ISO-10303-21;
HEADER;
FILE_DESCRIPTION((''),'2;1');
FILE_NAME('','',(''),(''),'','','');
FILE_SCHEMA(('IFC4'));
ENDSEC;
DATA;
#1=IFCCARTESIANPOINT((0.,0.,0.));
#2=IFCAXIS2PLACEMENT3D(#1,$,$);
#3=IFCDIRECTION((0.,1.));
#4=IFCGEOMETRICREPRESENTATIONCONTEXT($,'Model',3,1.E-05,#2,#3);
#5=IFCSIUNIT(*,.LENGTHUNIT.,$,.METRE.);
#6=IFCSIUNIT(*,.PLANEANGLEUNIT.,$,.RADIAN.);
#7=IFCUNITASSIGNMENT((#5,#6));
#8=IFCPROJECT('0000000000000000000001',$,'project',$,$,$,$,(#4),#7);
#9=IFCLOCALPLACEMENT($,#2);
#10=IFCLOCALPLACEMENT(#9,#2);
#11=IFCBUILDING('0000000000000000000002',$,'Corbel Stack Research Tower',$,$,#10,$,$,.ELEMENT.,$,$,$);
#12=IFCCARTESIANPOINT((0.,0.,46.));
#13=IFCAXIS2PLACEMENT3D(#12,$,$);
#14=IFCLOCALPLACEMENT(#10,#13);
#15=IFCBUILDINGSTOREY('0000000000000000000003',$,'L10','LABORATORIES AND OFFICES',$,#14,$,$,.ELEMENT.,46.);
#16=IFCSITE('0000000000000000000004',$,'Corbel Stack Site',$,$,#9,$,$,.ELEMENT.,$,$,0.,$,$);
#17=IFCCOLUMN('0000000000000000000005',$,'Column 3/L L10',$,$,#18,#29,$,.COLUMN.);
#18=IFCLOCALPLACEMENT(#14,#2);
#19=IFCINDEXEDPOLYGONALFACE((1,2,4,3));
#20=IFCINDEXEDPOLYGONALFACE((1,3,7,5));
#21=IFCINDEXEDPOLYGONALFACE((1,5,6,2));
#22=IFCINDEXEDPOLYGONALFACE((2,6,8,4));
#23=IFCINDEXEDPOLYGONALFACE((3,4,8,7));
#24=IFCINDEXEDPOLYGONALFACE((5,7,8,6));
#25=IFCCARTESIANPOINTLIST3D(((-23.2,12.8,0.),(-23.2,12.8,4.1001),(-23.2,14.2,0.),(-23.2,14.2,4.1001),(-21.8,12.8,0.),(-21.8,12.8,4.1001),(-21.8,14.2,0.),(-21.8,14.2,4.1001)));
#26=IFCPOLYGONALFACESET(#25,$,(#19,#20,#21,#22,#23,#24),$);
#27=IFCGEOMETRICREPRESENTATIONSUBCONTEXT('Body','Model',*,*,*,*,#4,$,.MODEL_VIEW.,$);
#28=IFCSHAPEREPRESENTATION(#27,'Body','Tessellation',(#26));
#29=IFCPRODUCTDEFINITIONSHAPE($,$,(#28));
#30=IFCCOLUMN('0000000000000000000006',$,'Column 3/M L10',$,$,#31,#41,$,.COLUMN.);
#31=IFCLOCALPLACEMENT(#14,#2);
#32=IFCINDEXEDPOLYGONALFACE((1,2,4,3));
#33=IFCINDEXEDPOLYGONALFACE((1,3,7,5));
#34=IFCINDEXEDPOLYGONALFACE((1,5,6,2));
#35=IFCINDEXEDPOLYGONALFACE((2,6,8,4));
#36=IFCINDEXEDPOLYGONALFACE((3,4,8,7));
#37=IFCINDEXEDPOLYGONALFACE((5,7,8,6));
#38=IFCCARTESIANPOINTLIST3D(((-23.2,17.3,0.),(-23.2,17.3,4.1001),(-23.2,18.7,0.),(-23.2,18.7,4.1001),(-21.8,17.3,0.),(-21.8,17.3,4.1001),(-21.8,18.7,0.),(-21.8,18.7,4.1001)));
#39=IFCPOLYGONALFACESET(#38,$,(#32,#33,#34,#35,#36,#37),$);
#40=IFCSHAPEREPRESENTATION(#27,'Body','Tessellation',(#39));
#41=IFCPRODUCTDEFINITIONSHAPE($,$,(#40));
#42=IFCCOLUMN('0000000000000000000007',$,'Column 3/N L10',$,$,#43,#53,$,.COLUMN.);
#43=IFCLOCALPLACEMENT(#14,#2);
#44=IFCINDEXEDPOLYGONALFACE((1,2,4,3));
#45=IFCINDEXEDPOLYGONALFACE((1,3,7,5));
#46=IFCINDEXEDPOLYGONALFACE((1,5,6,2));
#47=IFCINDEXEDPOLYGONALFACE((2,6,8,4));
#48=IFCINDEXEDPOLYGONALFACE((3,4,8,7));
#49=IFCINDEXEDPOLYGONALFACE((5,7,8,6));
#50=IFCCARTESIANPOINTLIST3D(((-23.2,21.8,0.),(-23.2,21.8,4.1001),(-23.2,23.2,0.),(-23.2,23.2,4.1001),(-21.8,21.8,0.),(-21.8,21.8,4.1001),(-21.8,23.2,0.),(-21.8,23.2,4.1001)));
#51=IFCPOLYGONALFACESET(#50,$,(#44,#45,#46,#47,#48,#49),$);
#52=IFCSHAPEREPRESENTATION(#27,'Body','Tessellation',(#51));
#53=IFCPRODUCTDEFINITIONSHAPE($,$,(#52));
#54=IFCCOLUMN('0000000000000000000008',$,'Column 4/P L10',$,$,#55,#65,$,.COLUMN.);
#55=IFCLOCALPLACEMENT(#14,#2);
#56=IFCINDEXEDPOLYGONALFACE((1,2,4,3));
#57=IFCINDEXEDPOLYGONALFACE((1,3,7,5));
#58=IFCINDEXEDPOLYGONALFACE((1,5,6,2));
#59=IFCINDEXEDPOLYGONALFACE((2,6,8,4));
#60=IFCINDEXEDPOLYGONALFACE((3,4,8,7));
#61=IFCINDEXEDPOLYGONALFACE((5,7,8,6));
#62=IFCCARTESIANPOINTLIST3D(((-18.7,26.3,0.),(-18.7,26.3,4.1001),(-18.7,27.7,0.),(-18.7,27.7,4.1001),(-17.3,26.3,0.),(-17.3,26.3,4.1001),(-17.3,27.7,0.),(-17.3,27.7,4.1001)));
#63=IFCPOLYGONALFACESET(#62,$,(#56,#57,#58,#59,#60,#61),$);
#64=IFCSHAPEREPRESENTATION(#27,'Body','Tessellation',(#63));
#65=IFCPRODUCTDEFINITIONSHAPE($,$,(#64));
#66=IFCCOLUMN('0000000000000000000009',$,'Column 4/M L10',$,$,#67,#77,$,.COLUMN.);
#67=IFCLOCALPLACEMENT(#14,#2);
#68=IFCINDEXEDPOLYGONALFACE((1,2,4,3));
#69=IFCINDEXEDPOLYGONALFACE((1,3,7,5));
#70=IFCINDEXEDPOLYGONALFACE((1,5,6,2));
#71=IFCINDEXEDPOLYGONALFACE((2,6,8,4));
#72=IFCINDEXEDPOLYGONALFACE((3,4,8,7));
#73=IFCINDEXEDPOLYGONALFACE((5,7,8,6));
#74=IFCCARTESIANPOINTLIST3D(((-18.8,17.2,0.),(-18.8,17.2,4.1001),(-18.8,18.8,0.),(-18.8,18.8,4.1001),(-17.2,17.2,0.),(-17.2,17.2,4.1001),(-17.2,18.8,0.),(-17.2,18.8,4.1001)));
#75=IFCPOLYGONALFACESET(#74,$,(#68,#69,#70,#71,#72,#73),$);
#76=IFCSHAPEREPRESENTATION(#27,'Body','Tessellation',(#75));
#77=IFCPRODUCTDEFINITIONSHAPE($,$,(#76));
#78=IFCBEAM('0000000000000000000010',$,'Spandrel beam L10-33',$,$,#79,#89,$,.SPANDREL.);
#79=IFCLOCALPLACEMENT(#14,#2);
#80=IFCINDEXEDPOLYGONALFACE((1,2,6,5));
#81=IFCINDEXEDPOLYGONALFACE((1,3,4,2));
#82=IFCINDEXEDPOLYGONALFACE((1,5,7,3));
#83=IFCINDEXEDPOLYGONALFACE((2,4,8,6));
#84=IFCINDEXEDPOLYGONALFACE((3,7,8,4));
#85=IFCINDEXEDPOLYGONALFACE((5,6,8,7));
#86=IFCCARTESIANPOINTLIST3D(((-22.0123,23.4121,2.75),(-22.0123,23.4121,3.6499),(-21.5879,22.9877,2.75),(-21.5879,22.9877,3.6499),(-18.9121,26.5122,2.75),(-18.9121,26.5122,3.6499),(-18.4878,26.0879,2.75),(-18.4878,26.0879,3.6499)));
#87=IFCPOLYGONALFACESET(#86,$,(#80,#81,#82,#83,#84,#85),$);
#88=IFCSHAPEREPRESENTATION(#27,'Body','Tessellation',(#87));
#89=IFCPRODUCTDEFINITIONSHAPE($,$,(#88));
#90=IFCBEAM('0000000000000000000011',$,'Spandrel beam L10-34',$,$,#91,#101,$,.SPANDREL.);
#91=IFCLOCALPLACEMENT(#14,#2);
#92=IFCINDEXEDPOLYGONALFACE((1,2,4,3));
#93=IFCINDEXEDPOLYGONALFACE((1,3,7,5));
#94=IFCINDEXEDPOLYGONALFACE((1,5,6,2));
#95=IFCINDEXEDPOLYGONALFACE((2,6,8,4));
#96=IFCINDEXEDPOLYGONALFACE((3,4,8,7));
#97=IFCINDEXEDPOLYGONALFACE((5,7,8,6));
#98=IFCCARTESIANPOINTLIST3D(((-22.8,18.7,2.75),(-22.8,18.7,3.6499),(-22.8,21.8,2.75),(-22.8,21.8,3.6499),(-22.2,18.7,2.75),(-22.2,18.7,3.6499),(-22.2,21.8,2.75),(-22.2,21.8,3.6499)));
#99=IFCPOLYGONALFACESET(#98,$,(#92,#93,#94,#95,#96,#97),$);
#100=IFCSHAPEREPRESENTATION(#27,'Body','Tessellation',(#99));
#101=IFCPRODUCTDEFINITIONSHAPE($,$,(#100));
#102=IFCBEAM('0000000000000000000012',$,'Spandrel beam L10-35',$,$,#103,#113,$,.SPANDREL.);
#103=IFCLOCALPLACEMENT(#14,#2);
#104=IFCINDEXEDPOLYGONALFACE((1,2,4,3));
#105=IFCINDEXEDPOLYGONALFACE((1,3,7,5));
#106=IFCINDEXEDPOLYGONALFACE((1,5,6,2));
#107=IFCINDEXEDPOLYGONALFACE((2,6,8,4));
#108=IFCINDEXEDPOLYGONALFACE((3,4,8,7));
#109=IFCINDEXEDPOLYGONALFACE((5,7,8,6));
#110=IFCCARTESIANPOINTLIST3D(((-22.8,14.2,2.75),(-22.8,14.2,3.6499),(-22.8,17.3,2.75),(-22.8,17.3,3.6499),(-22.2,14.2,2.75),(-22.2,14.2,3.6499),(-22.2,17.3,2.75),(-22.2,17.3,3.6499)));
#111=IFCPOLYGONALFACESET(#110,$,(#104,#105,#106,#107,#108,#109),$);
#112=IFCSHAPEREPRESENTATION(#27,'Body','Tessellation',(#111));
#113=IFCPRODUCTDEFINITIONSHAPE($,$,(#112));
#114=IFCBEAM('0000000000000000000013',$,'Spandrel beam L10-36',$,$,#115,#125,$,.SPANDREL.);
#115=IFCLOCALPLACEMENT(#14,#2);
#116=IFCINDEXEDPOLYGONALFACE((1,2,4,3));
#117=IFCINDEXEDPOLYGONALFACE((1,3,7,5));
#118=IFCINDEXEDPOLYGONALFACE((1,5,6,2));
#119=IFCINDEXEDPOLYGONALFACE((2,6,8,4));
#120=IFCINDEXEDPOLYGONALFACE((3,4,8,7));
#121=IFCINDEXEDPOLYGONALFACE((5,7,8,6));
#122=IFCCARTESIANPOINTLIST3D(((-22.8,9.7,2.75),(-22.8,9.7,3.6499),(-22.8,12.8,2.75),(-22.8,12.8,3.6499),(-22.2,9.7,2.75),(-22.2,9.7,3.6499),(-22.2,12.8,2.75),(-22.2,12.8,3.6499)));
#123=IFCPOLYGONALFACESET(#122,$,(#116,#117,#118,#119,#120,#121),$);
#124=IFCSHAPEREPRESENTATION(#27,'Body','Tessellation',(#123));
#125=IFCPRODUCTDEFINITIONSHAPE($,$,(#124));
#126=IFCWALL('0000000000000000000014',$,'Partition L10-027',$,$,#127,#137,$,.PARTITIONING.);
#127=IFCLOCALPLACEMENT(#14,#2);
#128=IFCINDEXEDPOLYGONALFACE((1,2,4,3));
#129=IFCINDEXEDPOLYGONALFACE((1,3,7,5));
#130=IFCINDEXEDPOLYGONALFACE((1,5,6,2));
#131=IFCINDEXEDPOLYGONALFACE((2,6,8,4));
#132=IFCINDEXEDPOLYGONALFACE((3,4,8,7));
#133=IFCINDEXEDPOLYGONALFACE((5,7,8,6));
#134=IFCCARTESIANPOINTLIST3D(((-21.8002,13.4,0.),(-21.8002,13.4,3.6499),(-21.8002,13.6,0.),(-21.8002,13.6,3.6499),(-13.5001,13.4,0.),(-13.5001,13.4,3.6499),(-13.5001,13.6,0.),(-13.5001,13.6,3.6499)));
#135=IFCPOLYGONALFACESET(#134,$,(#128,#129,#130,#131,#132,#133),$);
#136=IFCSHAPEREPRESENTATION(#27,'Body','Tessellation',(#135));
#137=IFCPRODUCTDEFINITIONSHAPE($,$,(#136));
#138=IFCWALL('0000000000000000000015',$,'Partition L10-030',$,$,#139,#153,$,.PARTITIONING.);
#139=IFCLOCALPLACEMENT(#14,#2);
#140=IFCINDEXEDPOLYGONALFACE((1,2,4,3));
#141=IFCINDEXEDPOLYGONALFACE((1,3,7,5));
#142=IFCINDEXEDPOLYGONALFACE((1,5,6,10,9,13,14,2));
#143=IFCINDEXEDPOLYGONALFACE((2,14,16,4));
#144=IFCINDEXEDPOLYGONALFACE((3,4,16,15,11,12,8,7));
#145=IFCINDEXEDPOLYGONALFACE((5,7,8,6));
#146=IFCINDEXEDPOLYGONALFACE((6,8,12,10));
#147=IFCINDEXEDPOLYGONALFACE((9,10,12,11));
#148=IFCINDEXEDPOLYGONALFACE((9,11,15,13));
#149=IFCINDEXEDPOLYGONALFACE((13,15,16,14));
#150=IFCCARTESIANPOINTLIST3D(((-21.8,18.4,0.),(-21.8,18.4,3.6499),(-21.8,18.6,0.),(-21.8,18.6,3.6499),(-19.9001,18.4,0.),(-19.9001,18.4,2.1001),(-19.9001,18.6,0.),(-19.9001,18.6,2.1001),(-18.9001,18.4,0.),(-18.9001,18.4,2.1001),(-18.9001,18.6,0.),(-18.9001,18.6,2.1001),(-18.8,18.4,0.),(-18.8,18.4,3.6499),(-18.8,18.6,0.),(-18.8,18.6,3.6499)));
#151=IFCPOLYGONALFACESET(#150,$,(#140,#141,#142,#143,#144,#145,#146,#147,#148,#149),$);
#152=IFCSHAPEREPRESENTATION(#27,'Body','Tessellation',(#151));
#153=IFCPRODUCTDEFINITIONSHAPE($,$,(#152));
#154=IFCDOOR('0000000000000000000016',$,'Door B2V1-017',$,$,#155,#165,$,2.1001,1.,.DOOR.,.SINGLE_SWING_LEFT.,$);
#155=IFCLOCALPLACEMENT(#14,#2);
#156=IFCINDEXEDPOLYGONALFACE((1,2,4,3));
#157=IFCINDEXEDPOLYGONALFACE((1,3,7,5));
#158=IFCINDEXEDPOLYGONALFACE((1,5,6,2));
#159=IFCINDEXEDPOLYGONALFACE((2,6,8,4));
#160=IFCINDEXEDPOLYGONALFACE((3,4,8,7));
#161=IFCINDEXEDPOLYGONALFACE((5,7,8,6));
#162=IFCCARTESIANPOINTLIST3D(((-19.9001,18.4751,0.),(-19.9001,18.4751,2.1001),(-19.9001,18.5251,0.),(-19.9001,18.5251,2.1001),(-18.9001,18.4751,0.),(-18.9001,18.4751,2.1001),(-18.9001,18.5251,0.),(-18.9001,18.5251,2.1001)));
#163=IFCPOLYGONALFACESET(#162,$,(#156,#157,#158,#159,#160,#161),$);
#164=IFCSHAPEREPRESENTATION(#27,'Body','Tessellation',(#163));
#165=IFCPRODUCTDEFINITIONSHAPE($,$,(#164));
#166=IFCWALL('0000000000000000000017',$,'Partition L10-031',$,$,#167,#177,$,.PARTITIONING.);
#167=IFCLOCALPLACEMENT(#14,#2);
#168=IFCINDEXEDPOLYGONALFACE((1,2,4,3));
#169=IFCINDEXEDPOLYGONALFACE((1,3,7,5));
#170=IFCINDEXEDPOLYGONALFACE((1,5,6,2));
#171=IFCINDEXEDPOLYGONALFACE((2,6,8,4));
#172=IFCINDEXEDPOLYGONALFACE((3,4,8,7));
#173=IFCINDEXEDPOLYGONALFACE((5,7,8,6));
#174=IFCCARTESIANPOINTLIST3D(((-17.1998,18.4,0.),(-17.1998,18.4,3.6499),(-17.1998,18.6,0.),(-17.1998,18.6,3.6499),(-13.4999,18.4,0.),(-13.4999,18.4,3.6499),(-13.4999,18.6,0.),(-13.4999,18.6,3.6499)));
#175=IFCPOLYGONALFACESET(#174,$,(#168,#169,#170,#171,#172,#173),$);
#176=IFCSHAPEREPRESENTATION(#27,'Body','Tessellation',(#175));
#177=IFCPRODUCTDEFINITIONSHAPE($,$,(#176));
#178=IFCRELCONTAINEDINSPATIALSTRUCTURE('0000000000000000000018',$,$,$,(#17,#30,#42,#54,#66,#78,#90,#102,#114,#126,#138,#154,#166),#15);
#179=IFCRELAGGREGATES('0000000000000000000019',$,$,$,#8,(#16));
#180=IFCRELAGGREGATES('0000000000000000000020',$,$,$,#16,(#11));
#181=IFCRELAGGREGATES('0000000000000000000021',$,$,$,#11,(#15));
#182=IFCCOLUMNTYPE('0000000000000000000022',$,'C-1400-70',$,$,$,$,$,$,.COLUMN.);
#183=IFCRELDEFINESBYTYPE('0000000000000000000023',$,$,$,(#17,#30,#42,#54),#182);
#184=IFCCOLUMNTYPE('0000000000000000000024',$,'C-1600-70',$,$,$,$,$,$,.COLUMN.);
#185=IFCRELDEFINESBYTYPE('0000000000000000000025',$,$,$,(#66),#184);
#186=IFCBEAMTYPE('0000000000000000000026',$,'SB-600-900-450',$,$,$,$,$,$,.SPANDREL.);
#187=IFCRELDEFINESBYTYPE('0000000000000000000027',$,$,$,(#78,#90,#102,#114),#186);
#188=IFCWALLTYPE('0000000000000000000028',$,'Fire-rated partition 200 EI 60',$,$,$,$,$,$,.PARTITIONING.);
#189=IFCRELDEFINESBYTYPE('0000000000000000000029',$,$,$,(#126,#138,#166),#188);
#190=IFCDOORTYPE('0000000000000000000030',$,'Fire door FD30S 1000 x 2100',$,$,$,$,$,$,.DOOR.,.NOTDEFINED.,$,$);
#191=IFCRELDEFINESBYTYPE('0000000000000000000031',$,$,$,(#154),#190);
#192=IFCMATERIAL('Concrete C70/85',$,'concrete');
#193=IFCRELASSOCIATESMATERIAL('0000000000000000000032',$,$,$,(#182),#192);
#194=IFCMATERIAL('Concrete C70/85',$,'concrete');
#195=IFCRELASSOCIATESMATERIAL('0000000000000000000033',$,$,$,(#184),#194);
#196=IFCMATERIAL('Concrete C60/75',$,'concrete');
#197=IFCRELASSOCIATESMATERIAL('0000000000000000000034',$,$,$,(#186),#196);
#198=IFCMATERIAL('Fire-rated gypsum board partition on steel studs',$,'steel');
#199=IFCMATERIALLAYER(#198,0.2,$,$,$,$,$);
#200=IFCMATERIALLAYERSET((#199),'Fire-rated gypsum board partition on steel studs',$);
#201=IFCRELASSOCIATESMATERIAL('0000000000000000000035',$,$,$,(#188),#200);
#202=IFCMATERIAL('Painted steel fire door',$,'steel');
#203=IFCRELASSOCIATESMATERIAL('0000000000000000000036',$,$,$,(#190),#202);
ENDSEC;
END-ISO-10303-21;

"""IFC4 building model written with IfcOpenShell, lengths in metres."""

from ifc_helpers import new_model, si_unit, direction, frame, frame_2d, origin, origin_2d, place, context, subcontext, project, spatial, rectangle, extrude, material, layer, layer_set, material_profile, profile_set, type_object, element, fill, save


model = new_model("IFC4")

# Units and contexts
model_context = context("Model", 3, precision=1e-05, world=origin(), true_north=direction((0.0, 1.0)))
body_context = subcontext(model_context, "Body", "Model", "MODEL_VIEW")
ifc_project = project(units=[si_unit("LENGTHUNIT", "METRE"), si_unit("PLANEANGLEUNIT", "RADIAN")], contexts=[model_context])

# Site, building, storey
site_placement = place(None, origin())
site = spatial("IfcSite", under=ifc_project, at=site_placement, Name="Corbel Stack Site", CompositionType="ELEMENT", RefElevation=0.0)
building_placement = place(site_placement, origin())
building = spatial("IfcBuilding", under=site, at=building_placement, Name="Corbel Stack Research Tower", CompositionType="ELEMENT")
storey_placement = place(building_placement, frame((0.0, 0.0, 46.0)))
storey = spatial("IfcBuildingStorey", under=building, at=storey_placement, Name="L10", Description="LABORATORIES AND OFFICES", CompositionType="ELEMENT", Elevation=46.0)

# Columns
ifc_material_1 = material(Name="Concrete C70/85", Category="concrete")
ifc_material_profile_1 = material_profile(ifc_material_1, rectangle(XDim=1.3999, YDim=1.3999, at=origin_2d()), Name="RC 1400 x 1400")
ifc_profile_set_1 = profile_set([ifc_material_profile_1], Name="Concrete C70/85")
column_type_1 = type_object("IfcColumnType", Name="C-1400-70", PredefinedType="COLUMN", material=ifc_profile_set_1)
for number, where, z_axis, x_axis, name in (
    (1, (-22.5, 13.5, 0.0), (0.0, 0.0, 1.0), (1.0, 0.0, 0.0), "Column 3/L L10"),
    (2, (-22.5, 18.0, 0.0), (0.0, 0.0, 1.0), (1.0, 0.0, 0.0), "Column 3/M L10"),
    (3, (-22.5, 22.5, 0.0), (0.0, 0.0, 1.0), (1.0, 0.0, 0.0), "Column 3/N L10"),
    (4, (-18.0, 27.0, 0.0), (0.0, 0.0, 1.0), (1.0, 0.0, 0.0), "Column 4/P L10"),
):
    element("IfcColumn", number, at=place(storey_placement, frame(where, z_axis=z_axis, x_axis=x_axis)), inside=storey, type_object=column_type_1, Name=name, PredefinedType="COLUMN", context=body_context, shape_type="SweptSolid", body=[
        extrude(rectangle(XDim=1.3999, YDim=1.3999, at=origin_2d()), origin(), (0.0, 0.0, 1.0), 4.1001),
    ])
ifc_material_2 = material(Name="Concrete C70/85", Category="concrete")
ifc_material_profile_2 = material_profile(ifc_material_2, rectangle(XDim=1.6001, YDim=1.6001, at=origin_2d()), Name="RC 1600 x 1600")
ifc_profile_set_2 = profile_set([ifc_material_profile_2], Name="Concrete C70/85")
column_type_2 = type_object("IfcColumnType", Name="C-1600-70", PredefinedType="COLUMN", material=ifc_profile_set_2)
column_placement = place(storey_placement, frame((-18.0, 18.0, 0.0), z_axis=(0.0, 0.0, 1.0), x_axis=(1.0, 0.0, 0.0)))
element("IfcColumn", 5, at=column_placement, inside=storey, type_object=column_type_2, Name="Column 4/M L10", PredefinedType="COLUMN", context=body_context, shape_type="SweptSolid", body=[
    extrude(rectangle(XDim=1.6001, YDim=1.6001, at=origin_2d()), origin(), (0.0, 0.0, 1.0), 4.1001),
])

# Beams
ifc_material_3 = material(Name="Concrete C60/75", Category="concrete")
ifc_material_profile_3 = material_profile(ifc_material_3, rectangle(XDim=0.6001, YDim=0.8999, at=origin_2d()), Name="RC 600 x 900")
ifc_profile_set_3 = profile_set([ifc_material_profile_3], Name="Concrete C60/75")
beam_type = type_object("IfcBeamType", Name="SB-600-900-450", PredefinedType="SPANDREL", material=ifc_profile_set_3)
beam_placement = place(storey_placement, frame((-18.7, 26.3, 3.2), z_axis=(-0.707107, -0.707107, 0.0), x_axis=(0.707107, -0.707107, 0.0)))
element("IfcBeam", 6, at=beam_placement, inside=storey, type_object=beam_type, Name="Spandrel beam L10-33", PredefinedType="SPANDREL", context=body_context, shape_type="SweptSolid", body=[
    extrude(rectangle(XDim=0.6001, YDim=0.8999, at=origin_2d()), origin(), (0.0, 0.0, 1.0), 4.3843),
])
for number, where, z_axis, x_axis, name in (
    (7, (-22.5, 21.8, 3.2), (0.0, -1.0, 0.0), (1.0, 0.0, 0.0), "Spandrel beam L10-34"),
    (8, (-22.5, 17.3, 3.2), (0.0, -1.0, 0.0), (1.0, 0.0, 0.0), "Spandrel beam L10-35"),
    (9, (-22.5, 12.8, 3.2), (0.0, -1.0, 0.0), (1.0, 0.0, 0.0), "Spandrel beam L10-36"),
):
    element("IfcBeam", number, at=place(storey_placement, frame(where, z_axis=z_axis, x_axis=x_axis)), inside=storey, type_object=beam_type, Name=name, PredefinedType="SPANDREL", context=body_context, shape_type="SweptSolid", body=[
        extrude(rectangle(XDim=0.6001, YDim=0.8999, at=origin_2d()), origin(), (0.0, 0.0, 1.0), 3.1001),
    ])

# Wall
ifc_material_4 = material(Name="Fire-rated gypsum board partition on steel studs", Category="steel")
ifc_layer_1 = layer(ifc_material_4, 0.2)
ifc_layer_set_1 = layer_set([ifc_layer_1], Name="Fire-rated gypsum board partition on steel studs")
wall_type_1 = type_object("IfcWallType", Name="Fire-rated partition 200 EI 60", PredefinedType="PARTITIONING", material=ifc_layer_set_1)
wall_1_placement = place(storey_placement, frame((-21.8, 13.5, 0.0), z_axis=(0.0, 0.0, 1.0), x_axis=(1.0, 0.0, 0.0)))
element("IfcWall", 10, at=wall_1_placement, inside=storey, type_object=wall_type_1, Name="Partition L10-027", PredefinedType="PARTITIONING", context=body_context, shape_type="SweptSolid", body=[
    extrude(rectangle(XDim=8.3, YDim=0.2, at=frame_2d((4.1499, 0.0))), origin(), (0.0, 0.0, 1.0), 3.6499),
])

# Wall, opening, door
wall_2_placement = place(storey_placement, frame((-18.8, 18.5, 0.0), z_axis=(0.0, 0.0, 1.0), x_axis=(-1.0, 0.0, 0.0)))
wall_2 = element("IfcWall", 11, at=wall_2_placement, inside=storey, type_object=wall_type_1, Name="Partition L10-030", PredefinedType="PARTITIONING", context=body_context, shape_type="SweptSolid", body=[
    extrude(rectangle(XDim=3.0, YDim=0.2, at=frame_2d((1.5, 0.0))), origin(), (0.0, 0.0, 1.0), 3.6499),
])
opening_1_placement = place(wall_2_placement, frame((0.1001, 0.0, 0.0)))
opening_1 = element("IfcOpeningElement", 12, at=opening_1_placement, cuts=wall_2, PredefinedType="OPENING", context=body_context, shape_type="SweptSolid", body=[
    extrude(rectangle(XDim=1.0, YDim=2.1001, at=frame_2d((0.5, 1.05))), frame((0.0, 0.1099, 0.0), z_axis=(0.0, -1.0, 0.0), x_axis=(1.0, 0.0, 0.0)), (0.0, 0.0, 1.0), 0.22),
])
ifc_material_5 = material(Name="Painted steel fire door", Category="steel")
door_type_1 = type_object("IfcDoorType", Name="Fire door FD30S 1000 x 2100", OperationType="NOTDEFINED", PredefinedType="DOOR", material=ifc_material_5)
door_1_placement = place(opening_1_placement, origin())
door_1 = element("IfcDoor", 13, at=door_1_placement, inside=storey, type_object=door_type_1, Name="Door B2V1-017", OperationType="SINGLE_SWING_LEFT", OverallHeight=2.1001, OverallWidth=1.0, PredefinedType="DOOR", context=body_context, shape_type="SweptSolid", body=[
    extrude(rectangle(XDim=1.0, YDim=2.1001, at=frame_2d((0.5, 1.05))), frame((0.0, 0.0249, 0.0), z_axis=(0.0, -1.0, 0.0), x_axis=(1.0, 0.0, 0.0)), (0.0, 0.0, 1.0), 0.05),
])
fill(opening_1, door_1)

# Wall
wall_3_placement = place(storey_placement, frame((-17.2, 18.5, 0.0), z_axis=(0.0, 0.0, 1.0), x_axis=(1.0, 0.0, 0.0)))
element("IfcWall", 14, at=wall_3_placement, inside=storey, type_object=wall_type_1, Name="Partition L10-031", PredefinedType="PARTITIONING", context=body_context, shape_type="SweptSolid", body=[
    extrude(rectangle(XDim=3.7, YDim=0.2, at=frame_2d((1.8501, 0.0))), origin(), (0.0, 0.0, 1.0), 3.6499),
])

save(model, "model.ifc")
